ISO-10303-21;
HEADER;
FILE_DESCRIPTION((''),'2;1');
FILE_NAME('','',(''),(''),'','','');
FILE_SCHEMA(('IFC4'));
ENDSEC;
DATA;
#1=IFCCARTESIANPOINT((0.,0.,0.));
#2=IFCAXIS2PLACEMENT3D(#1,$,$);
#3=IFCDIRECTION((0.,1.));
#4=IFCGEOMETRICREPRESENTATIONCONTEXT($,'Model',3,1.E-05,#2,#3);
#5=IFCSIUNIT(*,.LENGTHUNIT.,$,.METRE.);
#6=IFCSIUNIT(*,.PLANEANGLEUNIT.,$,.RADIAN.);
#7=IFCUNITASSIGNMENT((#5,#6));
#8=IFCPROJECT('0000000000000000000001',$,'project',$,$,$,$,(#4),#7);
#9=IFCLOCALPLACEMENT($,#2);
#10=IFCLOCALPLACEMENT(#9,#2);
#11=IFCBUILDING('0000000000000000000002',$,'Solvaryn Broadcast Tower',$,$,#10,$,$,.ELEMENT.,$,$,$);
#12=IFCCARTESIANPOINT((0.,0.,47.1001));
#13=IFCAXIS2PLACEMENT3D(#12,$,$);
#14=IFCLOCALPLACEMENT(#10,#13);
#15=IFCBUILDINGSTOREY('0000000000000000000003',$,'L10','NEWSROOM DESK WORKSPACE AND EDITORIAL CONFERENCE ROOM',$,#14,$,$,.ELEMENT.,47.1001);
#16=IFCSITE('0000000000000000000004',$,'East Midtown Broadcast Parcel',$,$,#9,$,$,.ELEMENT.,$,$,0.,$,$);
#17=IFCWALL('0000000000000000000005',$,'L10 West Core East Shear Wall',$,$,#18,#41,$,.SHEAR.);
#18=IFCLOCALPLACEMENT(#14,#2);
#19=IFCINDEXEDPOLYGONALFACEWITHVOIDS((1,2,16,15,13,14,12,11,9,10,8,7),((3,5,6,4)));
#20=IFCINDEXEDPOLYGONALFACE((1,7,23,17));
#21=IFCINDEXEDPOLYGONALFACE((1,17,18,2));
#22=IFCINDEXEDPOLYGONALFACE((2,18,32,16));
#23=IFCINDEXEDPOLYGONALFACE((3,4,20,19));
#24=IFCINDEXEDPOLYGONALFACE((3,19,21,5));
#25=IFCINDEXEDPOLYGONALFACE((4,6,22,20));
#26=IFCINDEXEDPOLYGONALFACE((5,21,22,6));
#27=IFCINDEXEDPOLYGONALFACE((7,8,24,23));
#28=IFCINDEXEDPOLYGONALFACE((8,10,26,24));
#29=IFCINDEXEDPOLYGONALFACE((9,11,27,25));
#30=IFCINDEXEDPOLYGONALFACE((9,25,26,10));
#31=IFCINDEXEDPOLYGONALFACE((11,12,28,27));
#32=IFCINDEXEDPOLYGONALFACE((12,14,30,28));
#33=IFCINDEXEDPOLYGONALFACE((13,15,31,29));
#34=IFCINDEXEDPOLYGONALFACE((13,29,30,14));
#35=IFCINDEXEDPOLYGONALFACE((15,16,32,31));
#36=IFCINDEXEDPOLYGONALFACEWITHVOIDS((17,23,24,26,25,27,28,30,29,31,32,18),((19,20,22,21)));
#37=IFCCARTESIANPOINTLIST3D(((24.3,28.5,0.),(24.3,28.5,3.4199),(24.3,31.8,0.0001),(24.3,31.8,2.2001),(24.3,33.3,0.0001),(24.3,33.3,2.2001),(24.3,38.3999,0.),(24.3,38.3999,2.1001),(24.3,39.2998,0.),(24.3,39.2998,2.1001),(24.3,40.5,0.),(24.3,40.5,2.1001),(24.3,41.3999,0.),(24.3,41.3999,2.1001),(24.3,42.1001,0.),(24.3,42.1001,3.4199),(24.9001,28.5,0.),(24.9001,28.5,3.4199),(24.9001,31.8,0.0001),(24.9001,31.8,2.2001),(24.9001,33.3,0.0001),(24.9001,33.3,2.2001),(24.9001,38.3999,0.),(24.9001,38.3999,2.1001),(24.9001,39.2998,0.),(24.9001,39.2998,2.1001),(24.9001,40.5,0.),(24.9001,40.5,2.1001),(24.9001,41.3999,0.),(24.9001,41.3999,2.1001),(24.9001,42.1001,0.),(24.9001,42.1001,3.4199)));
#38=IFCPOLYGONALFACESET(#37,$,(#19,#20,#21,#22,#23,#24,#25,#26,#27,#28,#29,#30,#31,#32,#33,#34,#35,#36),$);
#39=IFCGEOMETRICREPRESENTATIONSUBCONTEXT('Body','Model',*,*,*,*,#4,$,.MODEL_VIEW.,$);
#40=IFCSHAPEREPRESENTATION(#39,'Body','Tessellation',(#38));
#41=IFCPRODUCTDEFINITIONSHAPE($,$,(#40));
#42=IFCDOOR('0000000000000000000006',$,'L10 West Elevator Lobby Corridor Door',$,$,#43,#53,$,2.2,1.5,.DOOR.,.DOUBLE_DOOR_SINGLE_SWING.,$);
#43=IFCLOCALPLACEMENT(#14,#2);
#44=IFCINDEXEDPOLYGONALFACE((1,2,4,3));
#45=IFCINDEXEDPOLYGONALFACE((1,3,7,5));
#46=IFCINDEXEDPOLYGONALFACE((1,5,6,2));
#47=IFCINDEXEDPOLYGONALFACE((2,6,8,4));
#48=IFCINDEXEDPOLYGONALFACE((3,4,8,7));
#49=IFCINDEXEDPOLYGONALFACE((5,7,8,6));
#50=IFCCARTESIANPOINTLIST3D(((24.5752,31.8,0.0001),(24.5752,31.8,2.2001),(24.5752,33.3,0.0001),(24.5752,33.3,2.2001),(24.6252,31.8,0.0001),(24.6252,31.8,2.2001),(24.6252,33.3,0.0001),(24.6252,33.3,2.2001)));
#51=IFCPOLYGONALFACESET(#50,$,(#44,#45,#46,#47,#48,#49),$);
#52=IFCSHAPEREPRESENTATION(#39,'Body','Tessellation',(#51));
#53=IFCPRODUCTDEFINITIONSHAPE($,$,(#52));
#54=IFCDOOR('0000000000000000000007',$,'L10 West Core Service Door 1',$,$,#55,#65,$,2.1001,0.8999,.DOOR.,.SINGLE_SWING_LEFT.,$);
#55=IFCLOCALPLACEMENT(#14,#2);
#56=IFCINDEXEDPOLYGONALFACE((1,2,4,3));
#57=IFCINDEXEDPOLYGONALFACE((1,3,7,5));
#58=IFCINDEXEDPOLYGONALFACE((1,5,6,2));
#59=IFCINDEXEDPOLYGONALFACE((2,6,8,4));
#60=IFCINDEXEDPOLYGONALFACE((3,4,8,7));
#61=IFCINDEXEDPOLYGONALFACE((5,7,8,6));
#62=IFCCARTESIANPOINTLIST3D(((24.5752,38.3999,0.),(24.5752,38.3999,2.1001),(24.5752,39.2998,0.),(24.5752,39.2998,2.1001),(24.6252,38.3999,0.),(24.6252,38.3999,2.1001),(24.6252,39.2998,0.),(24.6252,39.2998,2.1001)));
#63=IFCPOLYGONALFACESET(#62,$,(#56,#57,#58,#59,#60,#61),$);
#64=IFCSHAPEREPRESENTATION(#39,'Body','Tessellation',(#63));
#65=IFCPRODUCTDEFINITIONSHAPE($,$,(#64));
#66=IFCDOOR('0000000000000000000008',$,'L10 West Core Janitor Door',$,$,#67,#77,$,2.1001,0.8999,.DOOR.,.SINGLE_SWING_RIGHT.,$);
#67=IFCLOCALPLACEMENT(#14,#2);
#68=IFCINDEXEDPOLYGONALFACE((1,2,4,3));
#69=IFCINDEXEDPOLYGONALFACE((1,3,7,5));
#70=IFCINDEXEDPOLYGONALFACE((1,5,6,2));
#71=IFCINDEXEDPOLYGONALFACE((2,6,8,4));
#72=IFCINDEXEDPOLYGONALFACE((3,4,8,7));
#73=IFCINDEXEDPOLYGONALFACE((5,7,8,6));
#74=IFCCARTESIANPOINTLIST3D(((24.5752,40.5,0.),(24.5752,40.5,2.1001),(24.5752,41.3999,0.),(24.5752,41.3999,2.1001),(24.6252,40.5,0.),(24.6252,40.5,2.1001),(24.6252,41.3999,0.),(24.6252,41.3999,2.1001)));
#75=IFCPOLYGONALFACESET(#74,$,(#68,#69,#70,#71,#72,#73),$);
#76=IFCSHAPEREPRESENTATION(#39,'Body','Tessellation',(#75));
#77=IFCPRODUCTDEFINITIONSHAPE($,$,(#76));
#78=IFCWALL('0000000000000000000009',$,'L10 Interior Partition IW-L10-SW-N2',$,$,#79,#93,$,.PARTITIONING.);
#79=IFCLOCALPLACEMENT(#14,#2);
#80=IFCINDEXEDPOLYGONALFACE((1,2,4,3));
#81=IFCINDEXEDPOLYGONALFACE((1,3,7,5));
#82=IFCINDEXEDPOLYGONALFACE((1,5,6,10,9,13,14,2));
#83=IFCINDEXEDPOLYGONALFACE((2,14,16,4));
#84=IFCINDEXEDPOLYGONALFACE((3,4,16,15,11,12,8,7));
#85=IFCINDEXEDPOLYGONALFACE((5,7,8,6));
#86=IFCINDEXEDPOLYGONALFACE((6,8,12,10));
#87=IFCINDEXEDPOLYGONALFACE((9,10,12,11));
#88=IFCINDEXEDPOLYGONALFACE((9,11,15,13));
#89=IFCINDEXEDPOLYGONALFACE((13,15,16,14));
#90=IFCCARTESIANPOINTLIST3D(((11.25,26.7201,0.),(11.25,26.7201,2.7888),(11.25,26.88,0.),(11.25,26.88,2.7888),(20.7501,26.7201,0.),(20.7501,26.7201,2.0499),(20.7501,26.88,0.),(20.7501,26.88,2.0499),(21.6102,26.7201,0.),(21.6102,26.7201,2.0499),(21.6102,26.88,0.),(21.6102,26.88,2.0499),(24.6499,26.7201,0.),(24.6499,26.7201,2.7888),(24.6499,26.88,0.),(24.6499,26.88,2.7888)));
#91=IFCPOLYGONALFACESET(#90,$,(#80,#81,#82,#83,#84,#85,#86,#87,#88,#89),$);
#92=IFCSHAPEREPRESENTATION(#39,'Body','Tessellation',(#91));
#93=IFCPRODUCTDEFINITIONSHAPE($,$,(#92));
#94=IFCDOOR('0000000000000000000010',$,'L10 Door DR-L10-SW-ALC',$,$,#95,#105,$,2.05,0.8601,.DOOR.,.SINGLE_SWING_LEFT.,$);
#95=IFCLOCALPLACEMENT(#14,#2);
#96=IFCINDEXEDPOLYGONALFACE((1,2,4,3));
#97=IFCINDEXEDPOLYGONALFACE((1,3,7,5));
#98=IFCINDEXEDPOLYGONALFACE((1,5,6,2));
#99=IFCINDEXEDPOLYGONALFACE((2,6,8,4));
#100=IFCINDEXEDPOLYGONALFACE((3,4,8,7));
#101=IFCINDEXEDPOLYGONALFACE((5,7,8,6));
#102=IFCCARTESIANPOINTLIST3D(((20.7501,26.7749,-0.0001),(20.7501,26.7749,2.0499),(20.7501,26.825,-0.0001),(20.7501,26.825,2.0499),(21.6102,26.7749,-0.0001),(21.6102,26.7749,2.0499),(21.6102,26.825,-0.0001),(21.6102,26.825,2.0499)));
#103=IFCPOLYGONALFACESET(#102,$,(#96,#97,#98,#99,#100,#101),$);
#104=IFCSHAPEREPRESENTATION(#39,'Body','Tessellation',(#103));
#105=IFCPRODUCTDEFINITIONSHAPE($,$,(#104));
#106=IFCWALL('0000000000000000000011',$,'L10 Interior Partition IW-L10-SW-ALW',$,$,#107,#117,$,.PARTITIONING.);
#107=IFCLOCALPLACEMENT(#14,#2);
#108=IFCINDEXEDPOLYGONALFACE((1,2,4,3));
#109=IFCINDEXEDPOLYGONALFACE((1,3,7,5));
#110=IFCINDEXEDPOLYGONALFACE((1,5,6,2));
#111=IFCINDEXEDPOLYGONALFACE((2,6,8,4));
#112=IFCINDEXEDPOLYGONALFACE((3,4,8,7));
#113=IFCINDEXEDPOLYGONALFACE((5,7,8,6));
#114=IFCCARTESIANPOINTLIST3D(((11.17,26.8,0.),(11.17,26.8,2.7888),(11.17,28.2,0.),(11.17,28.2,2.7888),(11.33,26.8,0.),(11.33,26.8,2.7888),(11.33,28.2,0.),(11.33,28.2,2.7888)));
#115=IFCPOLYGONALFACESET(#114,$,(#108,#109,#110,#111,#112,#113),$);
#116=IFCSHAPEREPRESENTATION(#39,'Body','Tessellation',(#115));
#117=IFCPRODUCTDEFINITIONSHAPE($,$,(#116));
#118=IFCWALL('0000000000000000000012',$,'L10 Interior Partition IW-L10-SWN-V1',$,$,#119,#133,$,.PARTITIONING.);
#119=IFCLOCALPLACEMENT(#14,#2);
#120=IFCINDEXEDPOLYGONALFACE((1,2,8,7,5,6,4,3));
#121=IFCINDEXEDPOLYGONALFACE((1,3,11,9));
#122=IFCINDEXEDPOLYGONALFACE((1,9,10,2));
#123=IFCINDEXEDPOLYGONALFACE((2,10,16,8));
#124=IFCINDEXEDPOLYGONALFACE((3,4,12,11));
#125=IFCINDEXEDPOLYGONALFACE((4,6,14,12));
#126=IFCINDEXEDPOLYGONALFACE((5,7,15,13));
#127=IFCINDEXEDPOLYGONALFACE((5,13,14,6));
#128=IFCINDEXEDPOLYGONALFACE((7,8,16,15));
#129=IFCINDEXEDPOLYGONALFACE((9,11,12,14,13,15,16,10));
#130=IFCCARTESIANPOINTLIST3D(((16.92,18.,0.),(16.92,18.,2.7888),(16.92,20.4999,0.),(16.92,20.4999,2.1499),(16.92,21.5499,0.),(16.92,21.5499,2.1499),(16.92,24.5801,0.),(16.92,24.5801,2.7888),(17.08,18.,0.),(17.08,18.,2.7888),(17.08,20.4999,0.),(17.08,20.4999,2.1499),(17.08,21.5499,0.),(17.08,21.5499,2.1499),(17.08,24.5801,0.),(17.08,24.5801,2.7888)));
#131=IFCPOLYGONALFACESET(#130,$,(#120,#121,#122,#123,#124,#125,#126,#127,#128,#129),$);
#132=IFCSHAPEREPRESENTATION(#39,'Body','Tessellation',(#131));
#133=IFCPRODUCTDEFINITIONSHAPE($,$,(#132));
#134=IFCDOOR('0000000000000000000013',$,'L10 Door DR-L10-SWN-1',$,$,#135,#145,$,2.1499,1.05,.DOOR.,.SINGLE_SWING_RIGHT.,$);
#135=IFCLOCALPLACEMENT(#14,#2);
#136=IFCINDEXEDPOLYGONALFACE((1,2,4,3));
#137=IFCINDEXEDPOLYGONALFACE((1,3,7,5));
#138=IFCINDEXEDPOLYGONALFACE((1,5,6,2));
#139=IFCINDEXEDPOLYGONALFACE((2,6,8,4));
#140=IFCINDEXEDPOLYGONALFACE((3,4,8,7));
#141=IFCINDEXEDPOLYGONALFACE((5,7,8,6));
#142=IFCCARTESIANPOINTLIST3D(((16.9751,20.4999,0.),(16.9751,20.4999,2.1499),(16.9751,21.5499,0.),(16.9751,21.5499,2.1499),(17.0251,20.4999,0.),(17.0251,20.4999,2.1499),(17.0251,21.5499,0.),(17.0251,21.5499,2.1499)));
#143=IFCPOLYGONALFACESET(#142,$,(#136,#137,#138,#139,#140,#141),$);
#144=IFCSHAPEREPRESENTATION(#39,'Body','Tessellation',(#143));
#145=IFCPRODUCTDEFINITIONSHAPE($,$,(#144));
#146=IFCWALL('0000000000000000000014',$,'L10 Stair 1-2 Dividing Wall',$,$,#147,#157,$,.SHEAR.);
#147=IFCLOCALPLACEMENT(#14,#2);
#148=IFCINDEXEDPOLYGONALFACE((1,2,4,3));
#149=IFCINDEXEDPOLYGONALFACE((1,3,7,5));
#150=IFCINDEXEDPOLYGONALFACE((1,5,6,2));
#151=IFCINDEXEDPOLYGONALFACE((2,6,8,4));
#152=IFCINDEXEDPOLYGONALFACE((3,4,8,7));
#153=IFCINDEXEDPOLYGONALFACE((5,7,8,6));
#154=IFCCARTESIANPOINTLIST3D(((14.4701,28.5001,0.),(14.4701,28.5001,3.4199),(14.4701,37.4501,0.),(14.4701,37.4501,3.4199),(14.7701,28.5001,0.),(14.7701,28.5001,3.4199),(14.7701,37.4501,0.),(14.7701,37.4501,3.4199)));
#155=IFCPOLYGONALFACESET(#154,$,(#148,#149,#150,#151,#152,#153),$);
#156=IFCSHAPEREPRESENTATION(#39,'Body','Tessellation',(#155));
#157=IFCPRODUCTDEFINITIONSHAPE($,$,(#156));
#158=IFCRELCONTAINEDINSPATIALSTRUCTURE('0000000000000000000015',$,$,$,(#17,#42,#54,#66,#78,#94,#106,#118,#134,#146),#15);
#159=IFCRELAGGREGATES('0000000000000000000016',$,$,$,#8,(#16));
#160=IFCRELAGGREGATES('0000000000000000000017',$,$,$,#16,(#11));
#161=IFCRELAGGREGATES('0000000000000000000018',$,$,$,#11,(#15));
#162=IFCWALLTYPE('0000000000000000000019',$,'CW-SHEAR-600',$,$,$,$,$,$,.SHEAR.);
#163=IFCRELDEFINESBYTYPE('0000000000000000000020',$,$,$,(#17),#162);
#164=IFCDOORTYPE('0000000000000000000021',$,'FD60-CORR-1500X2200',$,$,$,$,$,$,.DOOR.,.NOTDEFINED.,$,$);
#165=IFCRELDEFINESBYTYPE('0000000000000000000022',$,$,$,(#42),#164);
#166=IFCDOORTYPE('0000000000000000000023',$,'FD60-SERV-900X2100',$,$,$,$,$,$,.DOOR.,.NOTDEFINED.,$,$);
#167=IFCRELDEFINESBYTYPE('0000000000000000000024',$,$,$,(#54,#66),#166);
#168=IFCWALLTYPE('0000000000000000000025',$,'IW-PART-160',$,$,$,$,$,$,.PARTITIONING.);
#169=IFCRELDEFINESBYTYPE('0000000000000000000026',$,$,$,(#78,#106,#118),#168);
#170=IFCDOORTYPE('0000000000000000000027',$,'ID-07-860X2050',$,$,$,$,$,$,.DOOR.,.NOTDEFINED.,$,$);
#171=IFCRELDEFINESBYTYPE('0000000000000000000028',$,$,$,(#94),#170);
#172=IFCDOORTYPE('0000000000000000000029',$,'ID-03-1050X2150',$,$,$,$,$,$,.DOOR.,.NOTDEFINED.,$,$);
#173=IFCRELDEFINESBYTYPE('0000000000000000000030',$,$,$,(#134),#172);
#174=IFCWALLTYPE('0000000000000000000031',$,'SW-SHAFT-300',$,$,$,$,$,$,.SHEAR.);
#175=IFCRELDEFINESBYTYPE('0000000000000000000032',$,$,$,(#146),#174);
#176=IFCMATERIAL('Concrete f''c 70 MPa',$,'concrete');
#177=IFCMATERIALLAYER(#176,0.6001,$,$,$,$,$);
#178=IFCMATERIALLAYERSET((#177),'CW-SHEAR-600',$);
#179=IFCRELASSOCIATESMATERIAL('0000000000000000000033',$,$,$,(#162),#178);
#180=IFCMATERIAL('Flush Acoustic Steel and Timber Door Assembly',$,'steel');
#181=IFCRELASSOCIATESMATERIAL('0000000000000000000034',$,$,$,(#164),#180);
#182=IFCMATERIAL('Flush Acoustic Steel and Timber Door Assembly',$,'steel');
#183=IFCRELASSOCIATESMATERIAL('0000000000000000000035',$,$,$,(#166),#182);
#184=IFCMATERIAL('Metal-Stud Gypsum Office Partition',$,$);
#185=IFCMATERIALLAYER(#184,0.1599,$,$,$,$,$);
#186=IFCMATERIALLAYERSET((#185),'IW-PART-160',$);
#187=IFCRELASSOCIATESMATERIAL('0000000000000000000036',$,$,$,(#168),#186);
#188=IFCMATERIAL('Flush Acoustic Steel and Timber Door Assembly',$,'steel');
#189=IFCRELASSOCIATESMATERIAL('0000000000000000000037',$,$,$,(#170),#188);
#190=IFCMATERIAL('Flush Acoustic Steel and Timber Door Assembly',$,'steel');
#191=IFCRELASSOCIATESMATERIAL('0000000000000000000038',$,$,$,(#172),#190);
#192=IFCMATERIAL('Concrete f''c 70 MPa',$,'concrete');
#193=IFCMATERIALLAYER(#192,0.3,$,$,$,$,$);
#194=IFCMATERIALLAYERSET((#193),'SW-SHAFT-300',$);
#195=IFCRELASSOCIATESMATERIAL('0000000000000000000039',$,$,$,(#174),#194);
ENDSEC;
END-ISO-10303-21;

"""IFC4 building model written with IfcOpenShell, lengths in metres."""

from ifc_helpers import new_model, si_unit, direction, frame, frame_2d, origin, place, context, subcontext, project, spatial, rectangle, extrude, material, layer, layer_set, type_object, element, fill, save


model = new_model("IFC4")

# Units and contexts
model_context = context("Model", 3, precision=1e-05, world=origin(), true_north=direction((0.0, 1.0)))
body_context = subcontext(model_context, "Body", "Model", "MODEL_VIEW")
ifc_project = project(units=[si_unit("LENGTHUNIT", "METRE"), si_unit("PLANEANGLEUNIT", "RADIAN")], contexts=[model_context])

# Site, building, storey
site_placement = place(None, origin())
site = spatial("IfcSite", under=ifc_project, at=site_placement, Name="East Midtown Broadcast Parcel", CompositionType="ELEMENT", RefElevation=0.0)
building_placement = place(site_placement, origin())
building = spatial("IfcBuilding", under=site, at=building_placement, Name="Solvaryn Broadcast Tower", CompositionType="ELEMENT")
storey_placement = place(building_placement, frame((0.0, 0.0, 47.1001)))
storey = spatial("IfcBuildingStorey", under=building, at=storey_placement, Name="L10", Description="NEWSROOM DESK WORKSPACE AND EDITORIAL CONFERENCE ROOM", CompositionType="ELEMENT", Elevation=47.1001)

# Shared definitions
ifc_material_1 = material(Name="Concrete f'c 70 MPa", Category="concrete")
ifc_layer_1 = layer(ifc_material_1, 0.6001)
ifc_layer_set_1 = layer_set([ifc_layer_1], Name="CW-SHEAR-600")
wall_type_1 = type_object("IfcWallType", Name="CW-SHEAR-600", PredefinedType="SHEAR", material=ifc_layer_set_1)

# Wall, openings, doors
wall_1_placement = place(storey_placement, frame((24.6001, 28.5, 0.0), z_axis=(0.0, 0.0, 1.0), x_axis=(0.0, 1.0, 0.0)))
wall_1 = element("IfcWall", 1, at=wall_1_placement, inside=storey, type_object=wall_type_1, Name="L10 West Core East Shear Wall", PredefinedType="SHEAR", context=body_context, shape_type="SweptSolid", body=[
    extrude(rectangle(XDim=13.6001, YDim=0.6001, at=frame_2d((6.8, 0.0))), origin(), (0.0, 0.0, 1.0), 3.4199),
])
opening_1_placement = place(wall_1_placement, frame((3.3, 0.0, 0.0)))
opening_1 = element("IfcOpeningElement", 2, at=opening_1_placement, cuts=wall_1, PredefinedType="OPENING", context=body_context, shape_type="SweptSolid", body=[
    extrude(rectangle(XDim=1.5, YDim=2.2, at=frame_2d((0.75, 1.1001))), frame((0.0, 0.3101, 0.0), z_axis=(0.0, -1.0, 0.0), x_axis=(1.0, 0.0, 0.0)), (0.0, 0.0, 1.0), 0.6201),
])
opening_2_placement = place(wall_1_placement, frame((9.8999, 0.0, 0.0)))
opening_2 = element("IfcOpeningElement", 3, at=opening_2_placement, cuts=wall_1, PredefinedType="OPENING", context=body_context, shape_type="SweptSolid", body=[
    extrude(rectangle(XDim=0.8999, YDim=2.1001, at=frame_2d((0.45, 1.05))), frame((0.0, 0.3101, 0.0), z_axis=(0.0, -1.0, 0.0), x_axis=(1.0, 0.0, 0.0)), (0.0, 0.0, 1.0), 0.6201),
])
opening_3_placement = place(wall_1_placement, frame((12.0, 0.0, 0.0)))
opening_3 = element("IfcOpeningElement", 4, at=opening_3_placement, cuts=wall_1, PredefinedType="OPENING", context=body_context, shape_type="SweptSolid", body=[
    extrude(rectangle(XDim=0.8999, YDim=2.1001, at=frame_2d((0.45, 1.05))), frame((0.0, 0.3101, 0.0), z_axis=(0.0, -1.0, 0.0), x_axis=(1.0, 0.0, 0.0)), (0.0, 0.0, 1.0), 0.6201),
])
ifc_material_2 = material(Name="Flush Acoustic Steel and Timber Door Assembly", Category="steel")
door_type_1 = type_object("IfcDoorType", Name="FD60-CORR-1500X2200", OperationType="NOTDEFINED", PredefinedType="DOOR", material=ifc_material_2)
door_1_placement = place(opening_1_placement, origin())
door_1 = element("IfcDoor", 5, at=door_1_placement, inside=storey, type_object=door_type_1, Name="L10 West Elevator Lobby Corridor Door", OperationType="DOUBLE_DOOR_SINGLE_SWING", OverallHeight=2.2, OverallWidth=1.5, PredefinedType="DOOR", context=body_context, shape_type="SweptSolid", body=[
    extrude(rectangle(XDim=1.5, YDim=2.2, at=frame_2d((0.75, 1.1001))), frame((0.0, 0.0249, 0.0), z_axis=(0.0, -1.0, 0.0), x_axis=(1.0, 0.0, 0.0)), (0.0, 0.0, 1.0), 0.05),
])
fill(opening_1, door_1)
ifc_material_3 = material(Name="Flush Acoustic Steel and Timber Door Assembly", Category="steel")
door_type_2 = type_object("IfcDoorType", Name="FD60-SERV-900X2100", OperationType="NOTDEFINED", PredefinedType="DOOR", material=ifc_material_3)
door_2_placement = place(opening_2_placement, origin())
door_2 = element("IfcDoor", 6, at=door_2_placement, inside=storey, type_object=door_type_2, Name="L10 West Core Service Door 1", OperationType="SINGLE_SWING_LEFT", OverallHeight=2.1001, OverallWidth=0.8999, PredefinedType="DOOR", context=body_context, shape_type="SweptSolid", body=[
    extrude(rectangle(XDim=0.8999, YDim=2.1001, at=frame_2d((0.45, 1.05))), frame((0.0, 0.0249, 0.0), z_axis=(0.0, -1.0, 0.0), x_axis=(1.0, 0.0, 0.0)), (0.0, 0.0, 1.0), 0.05),
])
fill(opening_2, door_2)
door_3_placement = place(opening_3_placement, origin())
door_3 = element("IfcDoor", 7, at=door_3_placement, inside=storey, type_object=door_type_2, Name="L10 West Core Janitor Door", OperationType="SINGLE_SWING_RIGHT", OverallHeight=2.1001, OverallWidth=0.8999, PredefinedType="DOOR", context=body_context, shape_type="SweptSolid", body=[
    extrude(rectangle(XDim=0.8999, YDim=2.1001, at=frame_2d((0.45, 1.05))), frame((0.0, 0.0249, 0.0), z_axis=(0.0, -1.0, 0.0), x_axis=(1.0, 0.0, 0.0)), (0.0, 0.0, 1.0), 0.05),
])
fill(opening_3, door_3)

# Wall, opening, door
ifc_material_4 = material(Name="Metal-Stud Gypsum Office Partition")
ifc_layer_2 = layer(ifc_material_4, 0.1599)
ifc_layer_set_2 = layer_set([ifc_layer_2], Name="IW-PART-160")
wall_type_2 = type_object("IfcWallType", Name="IW-PART-160", PredefinedType="PARTITIONING", material=ifc_layer_set_2)
wall_2_placement = place(storey_placement, frame((11.25, 26.8, 0.0), z_axis=(0.0, 0.0, 1.0), x_axis=(1.0, 0.0, 0.0)))
wall_2 = element("IfcWall", 8, at=wall_2_placement, inside=storey, type_object=wall_type_2, Name="L10 Interior Partition IW-L10-SW-N2", PredefinedType="PARTITIONING", context=body_context, shape_type="SweptSolid", body=[
    extrude(rectangle(XDim=13.3999, YDim=0.1599, at=frame_2d((6.7, 0.0))), origin(), (0.0, 0.0, 1.0), 2.7888),
])
opening_4_placement = place(wall_2_placement, frame((9.5, 0.0, 0.0)))
opening_4 = element("IfcOpeningElement", 9, at=opening_4_placement, cuts=wall_2, PredefinedType="OPENING", context=body_context, shape_type="SweptSolid", body=[
    extrude(rectangle(XDim=0.8601, YDim=2.05, at=frame_2d((0.4302, 1.0249))), frame((0.0, 0.0901, 0.0), z_axis=(0.0, -1.0, 0.0), x_axis=(1.0, 0.0, 0.0)), (0.0, 0.0, 1.0), 0.1799),
])
ifc_material_5 = material(Name="Flush Acoustic Steel and Timber Door Assembly", Category="steel")
door_type_3 = type_object("IfcDoorType", Name="ID-07-860X2050", OperationType="NOTDEFINED", PredefinedType="DOOR", material=ifc_material_5)
door_4_placement = place(opening_4_placement, origin())
door_4 = element("IfcDoor", 10, at=door_4_placement, inside=storey, type_object=door_type_3, Name="L10 Door DR-L10-SW-ALC", OperationType="SINGLE_SWING_LEFT", OverallHeight=2.05, OverallWidth=0.8601, PredefinedType="DOOR", context=body_context, shape_type="SweptSolid", body=[
    extrude(rectangle(XDim=0.8601, YDim=2.05, at=frame_2d((0.4302, 1.0249))), frame((0.0, 0.0249, 0.0), z_axis=(0.0, -1.0, 0.0), x_axis=(1.0, 0.0, 0.0)), (0.0, 0.0, 1.0), 0.05),
])
fill(opening_4, door_4)

# Wall
wall_3_placement = place(storey_placement, frame((11.25, 26.8, 0.0), z_axis=(0.0, 0.0, 1.0), x_axis=(0.0, 1.0, 0.0)))
element("IfcWall", 11, at=wall_3_placement, inside=storey, type_object=wall_type_2, Name="L10 Interior Partition IW-L10-SW-ALW", PredefinedType="PARTITIONING", context=body_context, shape_type="SweptSolid", body=[
    extrude(rectangle(XDim=1.3999, YDim=0.1599, at=frame_2d((0.7, 0.0))), origin(), (0.0, 0.0, 1.0), 2.7888),
])

# Wall, opening, door
wall_4_placement = place(storey_placement, frame((17.0, 18.0, 0.0), z_axis=(0.0, 0.0, 1.0), x_axis=(0.0, 1.0, 0.0)))
wall_4 = element("IfcWall", 12, at=wall_4_placement, inside=storey, type_object=wall_type_2, Name="L10 Interior Partition IW-L10-SWN-V1", PredefinedType="PARTITIONING", context=body_context, shape_type="SweptSolid", body=[
    extrude(rectangle(XDim=6.5801, YDim=0.1599, at=frame_2d((3.29, 0.0))), origin(), (0.0, 0.0, 1.0), 2.7888),
])
opening_5_placement = place(wall_4_placement, frame((2.5, 0.0, 0.0)))
opening_5 = element("IfcOpeningElement", 13, at=opening_5_placement, cuts=wall_4, PredefinedType="OPENING", context=body_context, shape_type="SweptSolid", body=[
    extrude(rectangle(XDim=1.05, YDim=2.1499, at=frame_2d((0.5249, 1.075))), frame((0.0, 0.0901, 0.0), z_axis=(0.0, -1.0, 0.0), x_axis=(1.0, 0.0, 0.0)), (0.0, 0.0, 1.0), 0.1799),
])
ifc_material_6 = material(Name="Flush Acoustic Steel and Timber Door Assembly", Category="steel")
door_type_4 = type_object("IfcDoorType", Name="ID-03-1050X2150", OperationType="NOTDEFINED", PredefinedType="DOOR", material=ifc_material_6)
door_5_placement = place(opening_5_placement, origin())
door_5 = element("IfcDoor", 14, at=door_5_placement, inside=storey, type_object=door_type_4, Name="L10 Door DR-L10-SWN-1", OperationType="SINGLE_SWING_RIGHT", OverallHeight=2.1499, OverallWidth=1.05, PredefinedType="DOOR", context=body_context, shape_type="SweptSolid", body=[
    extrude(rectangle(XDim=1.05, YDim=2.1499, at=frame_2d((0.5249, 1.075))), frame((0.0, 0.0249, 0.0), z_axis=(0.0, -1.0, 0.0), x_axis=(1.0, 0.0, 0.0)), (0.0, 0.0, 1.0), 0.05),
])
fill(opening_5, door_5)

# Wall
ifc_material_7 = material(Name="Concrete f'c 70 MPa", Category="concrete")
ifc_layer_3 = layer(ifc_material_7, 0.3)
ifc_layer_set_3 = layer_set([ifc_layer_3], Name="SW-SHAFT-300")
wall_type_3 = type_object("IfcWallType", Name="SW-SHAFT-300", PredefinedType="SHEAR", material=ifc_layer_set_3)
wall_5_placement = place(storey_placement, frame((14.6201, 28.5, 0.0), z_axis=(0.0, 0.0, 1.0), x_axis=(0.0, 1.0, 0.0)))
element("IfcWall", 15, at=wall_5_placement, inside=storey, type_object=wall_type_3, Name="L10 Stair 1-2 Dividing Wall", PredefinedType="SHEAR", context=body_context, shape_type="SweptSolid", body=[
    extrude(rectangle(XDim=8.95, YDim=0.3, at=frame_2d((4.4751, 0.0))), origin(), (0.0, 0.0, 1.0), 3.4199),
])

save(model, "model.ifc")
